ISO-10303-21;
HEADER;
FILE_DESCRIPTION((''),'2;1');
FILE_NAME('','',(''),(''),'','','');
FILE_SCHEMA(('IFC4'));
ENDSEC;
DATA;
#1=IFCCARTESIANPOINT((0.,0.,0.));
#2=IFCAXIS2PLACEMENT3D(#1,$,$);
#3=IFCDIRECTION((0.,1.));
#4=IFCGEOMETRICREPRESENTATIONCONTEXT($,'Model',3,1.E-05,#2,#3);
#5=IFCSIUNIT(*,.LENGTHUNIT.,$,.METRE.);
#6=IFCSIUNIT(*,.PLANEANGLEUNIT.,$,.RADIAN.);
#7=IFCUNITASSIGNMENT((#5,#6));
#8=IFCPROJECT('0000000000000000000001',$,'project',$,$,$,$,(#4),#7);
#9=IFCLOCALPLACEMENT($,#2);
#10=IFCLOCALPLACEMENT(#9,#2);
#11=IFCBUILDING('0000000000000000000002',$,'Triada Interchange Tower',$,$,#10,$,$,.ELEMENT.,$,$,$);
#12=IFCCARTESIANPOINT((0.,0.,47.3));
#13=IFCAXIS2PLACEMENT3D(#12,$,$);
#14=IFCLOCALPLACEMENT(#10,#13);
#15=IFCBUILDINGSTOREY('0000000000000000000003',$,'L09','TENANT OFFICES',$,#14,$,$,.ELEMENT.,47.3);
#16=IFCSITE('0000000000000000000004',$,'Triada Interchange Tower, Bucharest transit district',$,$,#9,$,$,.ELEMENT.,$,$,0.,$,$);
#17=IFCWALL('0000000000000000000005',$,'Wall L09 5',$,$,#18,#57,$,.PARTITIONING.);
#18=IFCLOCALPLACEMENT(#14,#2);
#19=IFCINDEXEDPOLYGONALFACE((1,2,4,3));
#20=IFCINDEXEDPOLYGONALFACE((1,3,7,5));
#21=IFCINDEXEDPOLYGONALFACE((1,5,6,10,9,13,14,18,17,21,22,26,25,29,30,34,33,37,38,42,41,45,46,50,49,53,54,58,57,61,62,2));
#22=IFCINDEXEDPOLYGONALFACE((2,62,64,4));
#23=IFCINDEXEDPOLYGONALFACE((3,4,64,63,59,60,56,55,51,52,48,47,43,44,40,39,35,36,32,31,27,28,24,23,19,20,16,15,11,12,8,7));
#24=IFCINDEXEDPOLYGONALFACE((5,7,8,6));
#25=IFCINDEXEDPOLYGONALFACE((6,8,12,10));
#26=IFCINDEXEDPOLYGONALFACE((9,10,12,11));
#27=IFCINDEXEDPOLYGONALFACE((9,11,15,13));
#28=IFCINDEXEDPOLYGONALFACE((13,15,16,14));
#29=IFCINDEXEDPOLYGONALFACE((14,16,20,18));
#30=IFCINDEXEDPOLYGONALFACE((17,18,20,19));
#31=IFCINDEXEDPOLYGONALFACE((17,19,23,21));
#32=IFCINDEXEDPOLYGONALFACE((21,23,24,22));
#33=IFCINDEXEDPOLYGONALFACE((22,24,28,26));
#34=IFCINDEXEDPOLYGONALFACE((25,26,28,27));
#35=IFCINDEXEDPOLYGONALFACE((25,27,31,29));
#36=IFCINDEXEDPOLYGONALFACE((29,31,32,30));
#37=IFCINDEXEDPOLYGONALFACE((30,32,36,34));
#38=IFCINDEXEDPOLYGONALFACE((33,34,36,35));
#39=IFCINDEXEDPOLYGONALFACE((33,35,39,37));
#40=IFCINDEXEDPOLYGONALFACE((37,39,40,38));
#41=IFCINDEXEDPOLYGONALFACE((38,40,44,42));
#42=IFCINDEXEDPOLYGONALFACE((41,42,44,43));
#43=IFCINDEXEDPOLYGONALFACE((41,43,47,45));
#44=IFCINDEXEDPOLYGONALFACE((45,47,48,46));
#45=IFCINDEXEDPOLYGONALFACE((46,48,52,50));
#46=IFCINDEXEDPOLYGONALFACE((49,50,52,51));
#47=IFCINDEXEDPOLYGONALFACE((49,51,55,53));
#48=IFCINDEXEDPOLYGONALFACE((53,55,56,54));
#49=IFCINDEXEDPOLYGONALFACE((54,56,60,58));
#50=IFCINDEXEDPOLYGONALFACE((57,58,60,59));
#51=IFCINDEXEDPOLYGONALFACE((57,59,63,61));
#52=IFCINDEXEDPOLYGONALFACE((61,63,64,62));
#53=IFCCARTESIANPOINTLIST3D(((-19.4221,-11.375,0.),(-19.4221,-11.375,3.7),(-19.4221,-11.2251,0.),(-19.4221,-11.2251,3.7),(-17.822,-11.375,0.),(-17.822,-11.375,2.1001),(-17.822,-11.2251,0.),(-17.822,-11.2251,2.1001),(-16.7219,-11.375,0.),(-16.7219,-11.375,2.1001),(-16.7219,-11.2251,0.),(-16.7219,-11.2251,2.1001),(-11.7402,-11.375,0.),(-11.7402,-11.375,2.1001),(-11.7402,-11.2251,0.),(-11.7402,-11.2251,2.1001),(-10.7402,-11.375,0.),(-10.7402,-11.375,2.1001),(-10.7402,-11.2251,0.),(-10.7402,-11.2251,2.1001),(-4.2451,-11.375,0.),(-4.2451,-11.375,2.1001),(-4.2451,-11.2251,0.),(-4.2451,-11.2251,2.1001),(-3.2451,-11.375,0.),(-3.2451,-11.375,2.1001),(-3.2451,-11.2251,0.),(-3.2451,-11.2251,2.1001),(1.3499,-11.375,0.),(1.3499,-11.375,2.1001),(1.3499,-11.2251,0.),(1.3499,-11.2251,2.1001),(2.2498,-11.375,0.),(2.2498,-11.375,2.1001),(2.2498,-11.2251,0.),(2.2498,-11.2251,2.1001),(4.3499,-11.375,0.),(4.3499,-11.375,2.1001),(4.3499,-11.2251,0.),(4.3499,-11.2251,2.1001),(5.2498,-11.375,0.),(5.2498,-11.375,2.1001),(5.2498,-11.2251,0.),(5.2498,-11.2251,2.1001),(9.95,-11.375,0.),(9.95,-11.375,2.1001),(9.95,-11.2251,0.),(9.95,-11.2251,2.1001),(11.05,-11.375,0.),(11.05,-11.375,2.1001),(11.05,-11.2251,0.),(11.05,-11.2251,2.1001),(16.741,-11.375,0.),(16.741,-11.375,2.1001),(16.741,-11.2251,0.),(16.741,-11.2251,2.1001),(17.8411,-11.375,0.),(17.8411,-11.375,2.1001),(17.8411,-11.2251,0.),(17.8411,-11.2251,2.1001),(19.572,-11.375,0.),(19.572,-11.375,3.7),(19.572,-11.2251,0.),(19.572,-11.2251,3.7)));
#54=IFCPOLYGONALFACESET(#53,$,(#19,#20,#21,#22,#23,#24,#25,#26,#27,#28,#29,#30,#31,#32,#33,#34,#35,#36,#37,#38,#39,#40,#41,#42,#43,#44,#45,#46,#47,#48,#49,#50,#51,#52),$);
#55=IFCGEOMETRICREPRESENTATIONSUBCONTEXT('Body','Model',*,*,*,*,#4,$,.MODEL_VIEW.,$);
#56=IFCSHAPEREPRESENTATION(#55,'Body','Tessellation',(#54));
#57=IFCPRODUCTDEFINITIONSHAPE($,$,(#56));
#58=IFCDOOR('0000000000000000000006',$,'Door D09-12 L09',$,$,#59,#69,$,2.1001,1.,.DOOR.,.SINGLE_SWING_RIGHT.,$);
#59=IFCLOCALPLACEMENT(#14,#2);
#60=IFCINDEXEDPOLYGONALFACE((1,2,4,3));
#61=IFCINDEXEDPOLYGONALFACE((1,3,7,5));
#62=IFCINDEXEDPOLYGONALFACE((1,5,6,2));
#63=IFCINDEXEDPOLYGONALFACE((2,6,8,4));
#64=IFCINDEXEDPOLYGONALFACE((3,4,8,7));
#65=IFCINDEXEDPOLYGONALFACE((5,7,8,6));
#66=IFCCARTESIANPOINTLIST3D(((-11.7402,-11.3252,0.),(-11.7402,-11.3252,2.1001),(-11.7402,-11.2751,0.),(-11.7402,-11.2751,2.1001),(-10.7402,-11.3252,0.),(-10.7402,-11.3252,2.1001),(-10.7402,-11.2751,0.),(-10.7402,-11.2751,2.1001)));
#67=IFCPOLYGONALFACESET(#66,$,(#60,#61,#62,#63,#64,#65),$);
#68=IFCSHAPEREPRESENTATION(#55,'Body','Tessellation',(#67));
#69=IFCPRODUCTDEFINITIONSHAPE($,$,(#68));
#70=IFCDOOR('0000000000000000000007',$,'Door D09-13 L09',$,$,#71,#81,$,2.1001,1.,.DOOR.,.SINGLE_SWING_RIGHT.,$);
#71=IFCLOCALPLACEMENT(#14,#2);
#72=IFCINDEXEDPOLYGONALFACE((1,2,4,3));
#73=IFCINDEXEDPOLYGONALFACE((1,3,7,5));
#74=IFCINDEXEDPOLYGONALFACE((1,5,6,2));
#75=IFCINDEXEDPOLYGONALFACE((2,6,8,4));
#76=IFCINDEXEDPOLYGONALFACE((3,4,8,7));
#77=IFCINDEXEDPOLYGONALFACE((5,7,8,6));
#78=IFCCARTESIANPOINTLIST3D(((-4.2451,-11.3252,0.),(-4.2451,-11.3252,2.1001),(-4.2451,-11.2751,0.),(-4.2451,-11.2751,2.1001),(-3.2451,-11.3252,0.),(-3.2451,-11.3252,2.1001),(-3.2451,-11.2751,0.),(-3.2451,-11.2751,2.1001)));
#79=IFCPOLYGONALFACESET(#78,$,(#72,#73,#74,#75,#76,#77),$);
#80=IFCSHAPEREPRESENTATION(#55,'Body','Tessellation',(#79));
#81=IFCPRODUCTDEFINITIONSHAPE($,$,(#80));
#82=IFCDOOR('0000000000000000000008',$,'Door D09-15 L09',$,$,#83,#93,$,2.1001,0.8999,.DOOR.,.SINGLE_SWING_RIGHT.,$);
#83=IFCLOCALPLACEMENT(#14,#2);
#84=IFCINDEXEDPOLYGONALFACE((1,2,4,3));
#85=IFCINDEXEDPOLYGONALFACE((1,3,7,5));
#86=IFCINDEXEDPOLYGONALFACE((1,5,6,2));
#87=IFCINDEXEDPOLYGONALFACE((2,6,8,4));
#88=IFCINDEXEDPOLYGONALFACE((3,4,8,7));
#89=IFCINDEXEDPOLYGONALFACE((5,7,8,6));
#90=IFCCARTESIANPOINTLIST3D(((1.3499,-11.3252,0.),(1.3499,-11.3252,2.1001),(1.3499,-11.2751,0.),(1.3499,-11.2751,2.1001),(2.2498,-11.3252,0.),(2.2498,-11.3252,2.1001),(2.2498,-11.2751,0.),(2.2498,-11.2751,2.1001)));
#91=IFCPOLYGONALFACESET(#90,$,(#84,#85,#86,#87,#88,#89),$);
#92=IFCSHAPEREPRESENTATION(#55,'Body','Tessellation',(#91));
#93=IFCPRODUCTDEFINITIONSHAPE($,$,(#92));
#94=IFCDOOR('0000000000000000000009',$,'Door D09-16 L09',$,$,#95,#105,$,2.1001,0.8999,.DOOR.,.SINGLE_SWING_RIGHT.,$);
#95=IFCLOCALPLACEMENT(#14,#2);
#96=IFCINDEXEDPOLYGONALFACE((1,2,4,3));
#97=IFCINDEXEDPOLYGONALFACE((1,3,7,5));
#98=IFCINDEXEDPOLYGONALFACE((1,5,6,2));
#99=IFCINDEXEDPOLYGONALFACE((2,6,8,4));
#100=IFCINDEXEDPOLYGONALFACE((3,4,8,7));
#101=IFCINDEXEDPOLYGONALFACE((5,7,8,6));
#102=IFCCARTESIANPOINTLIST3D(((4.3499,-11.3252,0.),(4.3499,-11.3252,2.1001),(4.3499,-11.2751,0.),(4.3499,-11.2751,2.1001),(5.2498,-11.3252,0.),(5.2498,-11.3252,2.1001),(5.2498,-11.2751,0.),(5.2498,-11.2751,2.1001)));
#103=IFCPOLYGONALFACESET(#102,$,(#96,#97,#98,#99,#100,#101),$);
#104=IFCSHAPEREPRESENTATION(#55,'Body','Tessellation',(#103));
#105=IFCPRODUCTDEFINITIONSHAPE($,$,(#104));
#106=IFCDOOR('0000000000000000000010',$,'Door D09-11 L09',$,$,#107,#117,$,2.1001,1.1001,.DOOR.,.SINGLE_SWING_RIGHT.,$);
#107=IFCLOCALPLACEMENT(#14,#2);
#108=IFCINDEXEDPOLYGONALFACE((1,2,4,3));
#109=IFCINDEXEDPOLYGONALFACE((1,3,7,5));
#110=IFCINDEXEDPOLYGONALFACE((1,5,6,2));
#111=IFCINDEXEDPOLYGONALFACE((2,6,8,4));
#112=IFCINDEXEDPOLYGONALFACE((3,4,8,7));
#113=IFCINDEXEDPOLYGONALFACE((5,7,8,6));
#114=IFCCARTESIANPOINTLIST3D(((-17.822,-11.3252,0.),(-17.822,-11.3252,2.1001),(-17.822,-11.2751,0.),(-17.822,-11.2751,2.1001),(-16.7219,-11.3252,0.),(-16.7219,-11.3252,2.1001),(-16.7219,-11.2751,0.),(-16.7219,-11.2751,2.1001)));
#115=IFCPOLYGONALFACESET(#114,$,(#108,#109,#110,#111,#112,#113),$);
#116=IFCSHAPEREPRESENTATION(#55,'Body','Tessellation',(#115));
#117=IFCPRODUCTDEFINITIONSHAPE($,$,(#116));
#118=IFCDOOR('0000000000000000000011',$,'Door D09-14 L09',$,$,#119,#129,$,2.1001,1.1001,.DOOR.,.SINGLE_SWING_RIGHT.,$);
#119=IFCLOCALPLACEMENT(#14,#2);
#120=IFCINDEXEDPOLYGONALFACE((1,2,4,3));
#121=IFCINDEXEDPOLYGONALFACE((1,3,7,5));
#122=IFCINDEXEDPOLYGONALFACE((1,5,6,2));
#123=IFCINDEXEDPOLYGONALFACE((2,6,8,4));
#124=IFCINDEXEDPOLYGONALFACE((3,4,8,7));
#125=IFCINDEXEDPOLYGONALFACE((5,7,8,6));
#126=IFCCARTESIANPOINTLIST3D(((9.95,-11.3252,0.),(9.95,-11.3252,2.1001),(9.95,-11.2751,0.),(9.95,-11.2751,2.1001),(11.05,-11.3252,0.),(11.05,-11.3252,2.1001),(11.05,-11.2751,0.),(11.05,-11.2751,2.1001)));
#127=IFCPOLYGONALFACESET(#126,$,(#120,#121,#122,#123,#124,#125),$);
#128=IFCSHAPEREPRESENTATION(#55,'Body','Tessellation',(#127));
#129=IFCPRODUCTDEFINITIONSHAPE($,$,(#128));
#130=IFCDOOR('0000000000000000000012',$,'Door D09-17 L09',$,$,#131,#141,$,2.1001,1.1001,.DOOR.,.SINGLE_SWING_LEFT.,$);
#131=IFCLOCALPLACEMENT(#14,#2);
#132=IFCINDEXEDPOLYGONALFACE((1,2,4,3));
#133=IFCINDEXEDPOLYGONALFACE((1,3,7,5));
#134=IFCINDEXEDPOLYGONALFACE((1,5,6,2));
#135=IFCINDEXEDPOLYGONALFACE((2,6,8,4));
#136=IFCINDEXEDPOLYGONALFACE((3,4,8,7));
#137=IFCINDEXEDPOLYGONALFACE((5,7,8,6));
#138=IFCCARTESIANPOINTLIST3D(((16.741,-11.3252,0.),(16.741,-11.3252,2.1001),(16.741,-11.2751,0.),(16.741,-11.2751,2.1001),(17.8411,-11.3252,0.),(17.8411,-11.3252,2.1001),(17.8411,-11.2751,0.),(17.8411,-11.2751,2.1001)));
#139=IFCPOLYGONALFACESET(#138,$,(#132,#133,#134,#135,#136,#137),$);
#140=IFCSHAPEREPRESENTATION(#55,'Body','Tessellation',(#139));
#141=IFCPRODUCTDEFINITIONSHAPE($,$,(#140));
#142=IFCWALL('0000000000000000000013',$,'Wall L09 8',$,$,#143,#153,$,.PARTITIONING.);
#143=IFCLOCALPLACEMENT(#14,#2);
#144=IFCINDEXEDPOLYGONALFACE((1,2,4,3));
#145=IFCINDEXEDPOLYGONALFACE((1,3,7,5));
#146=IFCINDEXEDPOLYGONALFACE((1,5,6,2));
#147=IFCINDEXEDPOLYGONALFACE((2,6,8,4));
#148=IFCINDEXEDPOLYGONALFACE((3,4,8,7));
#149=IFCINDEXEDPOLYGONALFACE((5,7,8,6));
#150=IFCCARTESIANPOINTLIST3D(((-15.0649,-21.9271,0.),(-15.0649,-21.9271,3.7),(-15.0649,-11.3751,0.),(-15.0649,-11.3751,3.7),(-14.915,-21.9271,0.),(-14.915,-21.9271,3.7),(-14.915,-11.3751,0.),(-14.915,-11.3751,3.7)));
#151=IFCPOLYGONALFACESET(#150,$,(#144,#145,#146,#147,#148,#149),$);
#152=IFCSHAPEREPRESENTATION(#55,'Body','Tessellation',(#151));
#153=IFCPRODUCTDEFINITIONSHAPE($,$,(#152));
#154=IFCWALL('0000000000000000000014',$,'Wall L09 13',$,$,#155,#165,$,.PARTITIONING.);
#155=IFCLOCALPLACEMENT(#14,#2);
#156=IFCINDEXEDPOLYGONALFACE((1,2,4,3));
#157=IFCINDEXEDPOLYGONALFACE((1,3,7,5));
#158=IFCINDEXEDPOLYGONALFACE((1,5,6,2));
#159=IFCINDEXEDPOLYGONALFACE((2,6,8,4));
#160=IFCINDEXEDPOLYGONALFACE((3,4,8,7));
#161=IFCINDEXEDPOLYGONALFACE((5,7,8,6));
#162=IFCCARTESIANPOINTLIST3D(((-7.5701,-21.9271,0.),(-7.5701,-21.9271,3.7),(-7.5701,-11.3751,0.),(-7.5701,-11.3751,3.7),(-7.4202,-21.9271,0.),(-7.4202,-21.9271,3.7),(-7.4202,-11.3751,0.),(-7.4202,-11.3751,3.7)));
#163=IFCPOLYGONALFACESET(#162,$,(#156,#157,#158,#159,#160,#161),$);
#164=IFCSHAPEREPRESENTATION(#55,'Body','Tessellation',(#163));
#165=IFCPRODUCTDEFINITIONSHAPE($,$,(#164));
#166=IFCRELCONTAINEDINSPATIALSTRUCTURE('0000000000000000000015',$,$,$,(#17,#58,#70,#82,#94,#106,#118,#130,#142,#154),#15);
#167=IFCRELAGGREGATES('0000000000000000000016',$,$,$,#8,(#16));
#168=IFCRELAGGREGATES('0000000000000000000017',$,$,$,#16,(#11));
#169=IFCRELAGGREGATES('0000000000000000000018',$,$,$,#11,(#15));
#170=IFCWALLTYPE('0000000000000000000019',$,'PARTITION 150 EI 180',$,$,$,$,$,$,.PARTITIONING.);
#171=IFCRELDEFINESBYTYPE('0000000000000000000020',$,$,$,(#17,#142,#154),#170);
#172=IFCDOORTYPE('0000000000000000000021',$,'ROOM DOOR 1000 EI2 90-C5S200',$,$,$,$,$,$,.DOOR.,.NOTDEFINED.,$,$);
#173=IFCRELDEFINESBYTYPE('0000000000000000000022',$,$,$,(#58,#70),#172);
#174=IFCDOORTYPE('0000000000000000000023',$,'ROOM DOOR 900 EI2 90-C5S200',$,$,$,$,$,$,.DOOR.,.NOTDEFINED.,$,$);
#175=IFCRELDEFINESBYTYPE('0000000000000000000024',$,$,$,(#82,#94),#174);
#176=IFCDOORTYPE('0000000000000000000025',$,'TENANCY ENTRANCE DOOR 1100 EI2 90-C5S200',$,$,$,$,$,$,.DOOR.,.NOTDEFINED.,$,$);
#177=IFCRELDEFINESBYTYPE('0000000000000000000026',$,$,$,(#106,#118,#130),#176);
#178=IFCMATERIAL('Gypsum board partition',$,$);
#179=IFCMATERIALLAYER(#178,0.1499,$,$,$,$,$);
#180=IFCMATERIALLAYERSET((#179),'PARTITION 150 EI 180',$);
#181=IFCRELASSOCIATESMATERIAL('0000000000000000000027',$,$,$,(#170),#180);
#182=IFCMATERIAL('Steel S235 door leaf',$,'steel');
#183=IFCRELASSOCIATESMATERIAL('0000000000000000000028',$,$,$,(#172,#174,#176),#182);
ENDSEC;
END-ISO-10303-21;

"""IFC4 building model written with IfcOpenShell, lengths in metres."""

from ifc_helpers import new_model, si_unit, direction, frame, frame_2d, origin, place, context, subcontext, project, spatial, rectangle, extrude, material, layer, layer_set, type_object, element, fill, save


model = new_model("IFC4")

# Units and contexts
model_context = context("Model", 3, precision=1e-05, world=origin(), true_north=direction((0.0, 1.0)))
body_context = subcontext(model_context, "Body", "Model", "MODEL_VIEW")
ifc_project = project(units=[si_unit("LENGTHUNIT", "METRE"), si_unit("PLANEANGLEUNIT", "RADIAN")], contexts=[model_context])

# Site, building, storey
site_placement = place(None, origin())
site = spatial("IfcSite", under=ifc_project, at=site_placement, Name="Triada Interchange Tower, Bucharest transit district", CompositionType="ELEMENT", RefElevation=0.0)
building_placement = place(site_placement, origin())
building = spatial("IfcBuilding", under=site, at=building_placement, Name="Triada Interchange Tower", CompositionType="ELEMENT")
storey_placement = place(building_placement, frame((0.0, 0.0, 47.3)))
storey = spatial("IfcBuildingStorey", under=building, at=storey_placement, Name="L09", Description="TENANT OFFICES", CompositionType="ELEMENT", Elevation=47.3)

# Wall, openings, doors
ifc_material_1 = material(Name="Steel S235 door leaf", Category="steel")
ifc_material_2 = material(Name="Gypsum board partition")
ifc_layer_1 = layer(ifc_material_2, 0.1499)
ifc_layer_set_1 = layer_set([ifc_layer_1], Name="PARTITION 150 EI 180")
wall_type_1 = type_object("IfcWallType", Name="PARTITION 150 EI 180", PredefinedType="PARTITIONING", material=ifc_layer_set_1)
wall_1_placement = place(storey_placement, frame((-19.4221, -11.3, 0.0), z_axis=(0.0, 0.0, 1.0), x_axis=(1.0, 0.0, 0.0)))
wall_1 = element("IfcWall", 1, at=wall_1_placement, inside=storey, type_object=wall_type_1, Name="Wall L09 5", PredefinedType="PARTITIONING", context=body_context, shape_type="SweptSolid", body=[
    extrude(rectangle(XDim=38.9941, YDim=0.1499, at=frame_2d((19.4971, 0.0))), origin(), (0.0, 0.0, 1.0), 3.7),
])
opening_1_placement = place(wall_1_placement, frame((1.6001, 0.0, 0.0)))
opening_1 = element("IfcOpeningElement", 2, at=opening_1_placement, cuts=wall_1, PredefinedType="OPENING", context=body_context, shape_type="SweptSolid", body=[
    extrude(rectangle(XDim=1.1001, YDim=2.1001, at=frame_2d((0.55, 1.05))), frame((0.0, 0.085, 0.0), z_axis=(0.0, -1.0, 0.0), x_axis=(1.0, 0.0, 0.0)), (0.0, 0.0, 1.0), 0.1699),
])
opening_2_placement = place(wall_1_placement, frame((7.6819, 0.0, 0.0)))
opening_2 = element("IfcOpeningElement", 3, at=opening_2_placement, cuts=wall_1, PredefinedType="OPENING", context=body_context, shape_type="SweptSolid", body=[
    extrude(rectangle(XDim=1.0, YDim=2.1001, at=frame_2d((0.5, 1.05))), frame((0.0, 0.085, 0.0), z_axis=(0.0, -1.0, 0.0), x_axis=(1.0, 0.0, 0.0)), (0.0, 0.0, 1.0), 0.1699),
])
opening_3_placement = place(wall_1_placement, frame((15.177, 0.0, 0.0)))
opening_3 = element("IfcOpeningElement", 4, at=opening_3_placement, cuts=wall_1, PredefinedType="OPENING", context=body_context, shape_type="SweptSolid", body=[
    extrude(rectangle(XDim=1.0, YDim=2.1001, at=frame_2d((0.5, 1.05))), frame((0.0, 0.085, 0.0), z_axis=(0.0, -1.0, 0.0), x_axis=(1.0, 0.0, 0.0)), (0.0, 0.0, 1.0), 0.1699),
])
opening_4_placement = place(wall_1_placement, frame((29.3721, 0.0, 0.0)))
opening_4 = element("IfcOpeningElement", 5, at=opening_4_placement, cuts=wall_1, PredefinedType="OPENING", context=body_context, shape_type="SweptSolid", body=[
    extrude(rectangle(XDim=1.1001, YDim=2.1001, at=frame_2d((0.55, 1.05))), frame((0.0, 0.085, 0.0), z_axis=(0.0, -1.0, 0.0), x_axis=(1.0, 0.0, 0.0)), (0.0, 0.0, 1.0), 0.1699),
])
opening_5_placement = place(wall_1_placement, frame((20.772, 0.0, 0.0)))
opening_5 = element("IfcOpeningElement", 6, at=opening_5_placement, cuts=wall_1, PredefinedType="OPENING", context=body_context, shape_type="SweptSolid", body=[
    extrude(rectangle(XDim=0.8999, YDim=2.1001, at=frame_2d((0.45, 1.05))), frame((0.0, 0.085, 0.0), z_axis=(0.0, -1.0, 0.0), x_axis=(1.0, 0.0, 0.0)), (0.0, 0.0, 1.0), 0.1699),
])
opening_6_placement = place(wall_1_placement, frame((23.772, 0.0, 0.0)))
opening_6 = element("IfcOpeningElement", 7, at=opening_6_placement, cuts=wall_1, PredefinedType="OPENING", context=body_context, shape_type="SweptSolid", body=[
    extrude(rectangle(XDim=0.8999, YDim=2.1001, at=frame_2d((0.45, 1.05))), frame((0.0, 0.085, 0.0), z_axis=(0.0, -1.0, 0.0), x_axis=(1.0, 0.0, 0.0)), (0.0, 0.0, 1.0), 0.1699),
])
opening_7_placement = place(wall_1_placement, frame((36.1631, 0.0, 0.0)))
opening_7 = element("IfcOpeningElement", 8, at=opening_7_placement, cuts=wall_1, PredefinedType="OPENING", context=body_context, shape_type="SweptSolid", body=[
    extrude(rectangle(XDim=1.1001, YDim=2.1001, at=frame_2d((0.55, 1.05))), frame((0.0, 0.085, 0.0), z_axis=(0.0, -1.0, 0.0), x_axis=(1.0, 0.0, 0.0)), (0.0, 0.0, 1.0), 0.1699),
])
door_type_1 = type_object("IfcDoorType", Name="ROOM DOOR 1000 EI2 90-C5S200", OperationType="NOTDEFINED", PredefinedType="DOOR", material=ifc_material_1)
door_1_placement = place(opening_2_placement, origin())
door_1 = element("IfcDoor", 9, at=door_1_placement, inside=storey, type_object=door_type_1, Name="Door D09-12 L09", OperationType="SINGLE_SWING_RIGHT", OverallHeight=2.1001, OverallWidth=1.0, PredefinedType="DOOR", context=body_context, shape_type="SweptSolid", body=[
    extrude(rectangle(XDim=1.0, YDim=2.1001, at=frame_2d((0.5, 1.05))), frame((0.0, 0.0249, 0.0), z_axis=(0.0, -1.0, 0.0), x_axis=(1.0, 0.0, 0.0)), (0.0, 0.0, 1.0), 0.05),
])
fill(opening_2, door_1)
door_2_placement = place(opening_3_placement, origin())
door_2 = element("IfcDoor", 10, at=door_2_placement, inside=storey, type_object=door_type_1, Name="Door D09-13 L09", OperationType="SINGLE_SWING_RIGHT", OverallHeight=2.1001, OverallWidth=1.0, PredefinedType="DOOR", context=body_context, shape_type="SweptSolid", body=[
    extrude(rectangle(XDim=1.0, YDim=2.1001, at=frame_2d((0.5, 1.05))), frame((0.0, 0.0249, 0.0), z_axis=(0.0, -1.0, 0.0), x_axis=(1.0, 0.0, 0.0)), (0.0, 0.0, 1.0), 0.05),
])
fill(opening_3, door_2)
door_type_2 = type_object("IfcDoorType", Name="ROOM DOOR 900 EI2 90-C5S200", OperationType="NOTDEFINED", PredefinedType="DOOR", material=ifc_material_1)
door_3_placement = place(opening_5_placement, origin())
door_3 = element("IfcDoor", 11, at=door_3_placement, inside=storey, type_object=door_type_2, Name="Door D09-15 L09", OperationType="SINGLE_SWING_RIGHT", OverallHeight=2.1001, OverallWidth=0.8999, PredefinedType="DOOR", context=body_context, shape_type="SweptSolid", body=[
    extrude(rectangle(XDim=0.8999, YDim=2.1001, at=frame_2d((0.45, 1.05))), frame((0.0, 0.0249, 0.0), z_axis=(0.0, -1.0, 0.0), x_axis=(1.0, 0.0, 0.0)), (0.0, 0.0, 1.0), 0.05),
])
fill(opening_5, door_3)
door_4_placement = place(opening_6_placement, origin())
door_4 = element("IfcDoor", 12, at=door_4_placement, inside=storey, type_object=door_type_2, Name="Door D09-16 L09", OperationType="SINGLE_SWING_RIGHT", OverallHeight=2.1001, OverallWidth=0.8999, PredefinedType="DOOR", context=body_context, shape_type="SweptSolid", body=[
    extrude(rectangle(XDim=0.8999, YDim=2.1001, at=frame_2d((0.45, 1.05))), frame((0.0, 0.0249, 0.0), z_axis=(0.0, -1.0, 0.0), x_axis=(1.0, 0.0, 0.0)), (0.0, 0.0, 1.0), 0.05),
])
fill(opening_6, door_4)
door_type_3 = type_object("IfcDoorType", Name="TENANCY ENTRANCE DOOR 1100 EI2 90-C5S200", OperationType="NOTDEFINED", PredefinedType="DOOR", material=ifc_material_1)
door_5_placement = place(opening_1_placement, origin())
door_5 = element("IfcDoor", 13, at=door_5_placement, inside=storey, type_object=door_type_3, Name="Door D09-11 L09", OperationType="SINGLE_SWING_RIGHT", OverallHeight=2.1001, OverallWidth=1.1001, PredefinedType="DOOR", context=body_context, shape_type="SweptSolid", body=[
    extrude(rectangle(XDim=1.1001, YDim=2.1001, at=frame_2d((0.55, 1.05))), frame((0.0, 0.0249, 0.0), z_axis=(0.0, -1.0, 0.0), x_axis=(1.0, 0.0, 0.0)), (0.0, 0.0, 1.0), 0.05),
])
fill(opening_1, door_5)
door_6_placement = place(opening_4_placement, origin())
door_6 = element("IfcDoor", 14, at=door_6_placement, inside=storey, type_object=door_type_3, Name="Door D09-14 L09", OperationType="SINGLE_SWING_RIGHT", OverallHeight=2.1001, OverallWidth=1.1001, PredefinedType="DOOR", context=body_context, shape_type="SweptSolid", body=[
    extrude(rectangle(XDim=1.1001, YDim=2.1001, at=frame_2d((0.55, 1.05))), frame((0.0, 0.0249, 0.0), z_axis=(0.0, -1.0, 0.0), x_axis=(1.0, 0.0, 0.0)), (0.0, 0.0, 1.0), 0.05),
])
fill(opening_4, door_6)
door_7_placement = place(opening_7_placement, origin())
door_7 = element("IfcDoor", 15, at=door_7_placement, inside=storey, type_object=door_type_3, Name="Door D09-17 L09", OperationType="SINGLE_SWING_LEFT", OverallHeight=2.1001, OverallWidth=1.1001, PredefinedType="DOOR", context=body_context, shape_type="SweptSolid", body=[
    extrude(rectangle(XDim=1.1001, YDim=2.1001, at=frame_2d((0.55, 1.05))), frame((0.0, 0.0249, 0.0), z_axis=(0.0, -1.0, 0.0), x_axis=(1.0, 0.0, 0.0)), (0.0, 0.0, 1.0), 0.05),
])
fill(opening_7, door_7)

# Walls
for number, where, z_axis, x_axis, name in (
    (16, (-14.99, -21.927, 0.0), (0.0, 0.0, 1.0), (0.0, 1.0, 0.0), "Wall L09 8"),
    (17, (-7.4951, -21.927, 0.0), (0.0, 0.0, 1.0), (0.0, 1.0, 0.0), "Wall L09 13"),
):
    element("IfcWall", number, at=place(storey_placement, frame(where, z_axis=z_axis, x_axis=x_axis)), inside=storey, type_object=wall_type_1, Name=name, PredefinedType="PARTITIONING", context=body_context, shape_type="SweptSolid", body=[
        extrude(rectangle(XDim=10.552, YDim=0.1499, at=frame_2d((5.2759, 0.0))), origin(), (0.0, 0.0, 1.0), 3.7),
    ])

save(model, "model.ifc")
